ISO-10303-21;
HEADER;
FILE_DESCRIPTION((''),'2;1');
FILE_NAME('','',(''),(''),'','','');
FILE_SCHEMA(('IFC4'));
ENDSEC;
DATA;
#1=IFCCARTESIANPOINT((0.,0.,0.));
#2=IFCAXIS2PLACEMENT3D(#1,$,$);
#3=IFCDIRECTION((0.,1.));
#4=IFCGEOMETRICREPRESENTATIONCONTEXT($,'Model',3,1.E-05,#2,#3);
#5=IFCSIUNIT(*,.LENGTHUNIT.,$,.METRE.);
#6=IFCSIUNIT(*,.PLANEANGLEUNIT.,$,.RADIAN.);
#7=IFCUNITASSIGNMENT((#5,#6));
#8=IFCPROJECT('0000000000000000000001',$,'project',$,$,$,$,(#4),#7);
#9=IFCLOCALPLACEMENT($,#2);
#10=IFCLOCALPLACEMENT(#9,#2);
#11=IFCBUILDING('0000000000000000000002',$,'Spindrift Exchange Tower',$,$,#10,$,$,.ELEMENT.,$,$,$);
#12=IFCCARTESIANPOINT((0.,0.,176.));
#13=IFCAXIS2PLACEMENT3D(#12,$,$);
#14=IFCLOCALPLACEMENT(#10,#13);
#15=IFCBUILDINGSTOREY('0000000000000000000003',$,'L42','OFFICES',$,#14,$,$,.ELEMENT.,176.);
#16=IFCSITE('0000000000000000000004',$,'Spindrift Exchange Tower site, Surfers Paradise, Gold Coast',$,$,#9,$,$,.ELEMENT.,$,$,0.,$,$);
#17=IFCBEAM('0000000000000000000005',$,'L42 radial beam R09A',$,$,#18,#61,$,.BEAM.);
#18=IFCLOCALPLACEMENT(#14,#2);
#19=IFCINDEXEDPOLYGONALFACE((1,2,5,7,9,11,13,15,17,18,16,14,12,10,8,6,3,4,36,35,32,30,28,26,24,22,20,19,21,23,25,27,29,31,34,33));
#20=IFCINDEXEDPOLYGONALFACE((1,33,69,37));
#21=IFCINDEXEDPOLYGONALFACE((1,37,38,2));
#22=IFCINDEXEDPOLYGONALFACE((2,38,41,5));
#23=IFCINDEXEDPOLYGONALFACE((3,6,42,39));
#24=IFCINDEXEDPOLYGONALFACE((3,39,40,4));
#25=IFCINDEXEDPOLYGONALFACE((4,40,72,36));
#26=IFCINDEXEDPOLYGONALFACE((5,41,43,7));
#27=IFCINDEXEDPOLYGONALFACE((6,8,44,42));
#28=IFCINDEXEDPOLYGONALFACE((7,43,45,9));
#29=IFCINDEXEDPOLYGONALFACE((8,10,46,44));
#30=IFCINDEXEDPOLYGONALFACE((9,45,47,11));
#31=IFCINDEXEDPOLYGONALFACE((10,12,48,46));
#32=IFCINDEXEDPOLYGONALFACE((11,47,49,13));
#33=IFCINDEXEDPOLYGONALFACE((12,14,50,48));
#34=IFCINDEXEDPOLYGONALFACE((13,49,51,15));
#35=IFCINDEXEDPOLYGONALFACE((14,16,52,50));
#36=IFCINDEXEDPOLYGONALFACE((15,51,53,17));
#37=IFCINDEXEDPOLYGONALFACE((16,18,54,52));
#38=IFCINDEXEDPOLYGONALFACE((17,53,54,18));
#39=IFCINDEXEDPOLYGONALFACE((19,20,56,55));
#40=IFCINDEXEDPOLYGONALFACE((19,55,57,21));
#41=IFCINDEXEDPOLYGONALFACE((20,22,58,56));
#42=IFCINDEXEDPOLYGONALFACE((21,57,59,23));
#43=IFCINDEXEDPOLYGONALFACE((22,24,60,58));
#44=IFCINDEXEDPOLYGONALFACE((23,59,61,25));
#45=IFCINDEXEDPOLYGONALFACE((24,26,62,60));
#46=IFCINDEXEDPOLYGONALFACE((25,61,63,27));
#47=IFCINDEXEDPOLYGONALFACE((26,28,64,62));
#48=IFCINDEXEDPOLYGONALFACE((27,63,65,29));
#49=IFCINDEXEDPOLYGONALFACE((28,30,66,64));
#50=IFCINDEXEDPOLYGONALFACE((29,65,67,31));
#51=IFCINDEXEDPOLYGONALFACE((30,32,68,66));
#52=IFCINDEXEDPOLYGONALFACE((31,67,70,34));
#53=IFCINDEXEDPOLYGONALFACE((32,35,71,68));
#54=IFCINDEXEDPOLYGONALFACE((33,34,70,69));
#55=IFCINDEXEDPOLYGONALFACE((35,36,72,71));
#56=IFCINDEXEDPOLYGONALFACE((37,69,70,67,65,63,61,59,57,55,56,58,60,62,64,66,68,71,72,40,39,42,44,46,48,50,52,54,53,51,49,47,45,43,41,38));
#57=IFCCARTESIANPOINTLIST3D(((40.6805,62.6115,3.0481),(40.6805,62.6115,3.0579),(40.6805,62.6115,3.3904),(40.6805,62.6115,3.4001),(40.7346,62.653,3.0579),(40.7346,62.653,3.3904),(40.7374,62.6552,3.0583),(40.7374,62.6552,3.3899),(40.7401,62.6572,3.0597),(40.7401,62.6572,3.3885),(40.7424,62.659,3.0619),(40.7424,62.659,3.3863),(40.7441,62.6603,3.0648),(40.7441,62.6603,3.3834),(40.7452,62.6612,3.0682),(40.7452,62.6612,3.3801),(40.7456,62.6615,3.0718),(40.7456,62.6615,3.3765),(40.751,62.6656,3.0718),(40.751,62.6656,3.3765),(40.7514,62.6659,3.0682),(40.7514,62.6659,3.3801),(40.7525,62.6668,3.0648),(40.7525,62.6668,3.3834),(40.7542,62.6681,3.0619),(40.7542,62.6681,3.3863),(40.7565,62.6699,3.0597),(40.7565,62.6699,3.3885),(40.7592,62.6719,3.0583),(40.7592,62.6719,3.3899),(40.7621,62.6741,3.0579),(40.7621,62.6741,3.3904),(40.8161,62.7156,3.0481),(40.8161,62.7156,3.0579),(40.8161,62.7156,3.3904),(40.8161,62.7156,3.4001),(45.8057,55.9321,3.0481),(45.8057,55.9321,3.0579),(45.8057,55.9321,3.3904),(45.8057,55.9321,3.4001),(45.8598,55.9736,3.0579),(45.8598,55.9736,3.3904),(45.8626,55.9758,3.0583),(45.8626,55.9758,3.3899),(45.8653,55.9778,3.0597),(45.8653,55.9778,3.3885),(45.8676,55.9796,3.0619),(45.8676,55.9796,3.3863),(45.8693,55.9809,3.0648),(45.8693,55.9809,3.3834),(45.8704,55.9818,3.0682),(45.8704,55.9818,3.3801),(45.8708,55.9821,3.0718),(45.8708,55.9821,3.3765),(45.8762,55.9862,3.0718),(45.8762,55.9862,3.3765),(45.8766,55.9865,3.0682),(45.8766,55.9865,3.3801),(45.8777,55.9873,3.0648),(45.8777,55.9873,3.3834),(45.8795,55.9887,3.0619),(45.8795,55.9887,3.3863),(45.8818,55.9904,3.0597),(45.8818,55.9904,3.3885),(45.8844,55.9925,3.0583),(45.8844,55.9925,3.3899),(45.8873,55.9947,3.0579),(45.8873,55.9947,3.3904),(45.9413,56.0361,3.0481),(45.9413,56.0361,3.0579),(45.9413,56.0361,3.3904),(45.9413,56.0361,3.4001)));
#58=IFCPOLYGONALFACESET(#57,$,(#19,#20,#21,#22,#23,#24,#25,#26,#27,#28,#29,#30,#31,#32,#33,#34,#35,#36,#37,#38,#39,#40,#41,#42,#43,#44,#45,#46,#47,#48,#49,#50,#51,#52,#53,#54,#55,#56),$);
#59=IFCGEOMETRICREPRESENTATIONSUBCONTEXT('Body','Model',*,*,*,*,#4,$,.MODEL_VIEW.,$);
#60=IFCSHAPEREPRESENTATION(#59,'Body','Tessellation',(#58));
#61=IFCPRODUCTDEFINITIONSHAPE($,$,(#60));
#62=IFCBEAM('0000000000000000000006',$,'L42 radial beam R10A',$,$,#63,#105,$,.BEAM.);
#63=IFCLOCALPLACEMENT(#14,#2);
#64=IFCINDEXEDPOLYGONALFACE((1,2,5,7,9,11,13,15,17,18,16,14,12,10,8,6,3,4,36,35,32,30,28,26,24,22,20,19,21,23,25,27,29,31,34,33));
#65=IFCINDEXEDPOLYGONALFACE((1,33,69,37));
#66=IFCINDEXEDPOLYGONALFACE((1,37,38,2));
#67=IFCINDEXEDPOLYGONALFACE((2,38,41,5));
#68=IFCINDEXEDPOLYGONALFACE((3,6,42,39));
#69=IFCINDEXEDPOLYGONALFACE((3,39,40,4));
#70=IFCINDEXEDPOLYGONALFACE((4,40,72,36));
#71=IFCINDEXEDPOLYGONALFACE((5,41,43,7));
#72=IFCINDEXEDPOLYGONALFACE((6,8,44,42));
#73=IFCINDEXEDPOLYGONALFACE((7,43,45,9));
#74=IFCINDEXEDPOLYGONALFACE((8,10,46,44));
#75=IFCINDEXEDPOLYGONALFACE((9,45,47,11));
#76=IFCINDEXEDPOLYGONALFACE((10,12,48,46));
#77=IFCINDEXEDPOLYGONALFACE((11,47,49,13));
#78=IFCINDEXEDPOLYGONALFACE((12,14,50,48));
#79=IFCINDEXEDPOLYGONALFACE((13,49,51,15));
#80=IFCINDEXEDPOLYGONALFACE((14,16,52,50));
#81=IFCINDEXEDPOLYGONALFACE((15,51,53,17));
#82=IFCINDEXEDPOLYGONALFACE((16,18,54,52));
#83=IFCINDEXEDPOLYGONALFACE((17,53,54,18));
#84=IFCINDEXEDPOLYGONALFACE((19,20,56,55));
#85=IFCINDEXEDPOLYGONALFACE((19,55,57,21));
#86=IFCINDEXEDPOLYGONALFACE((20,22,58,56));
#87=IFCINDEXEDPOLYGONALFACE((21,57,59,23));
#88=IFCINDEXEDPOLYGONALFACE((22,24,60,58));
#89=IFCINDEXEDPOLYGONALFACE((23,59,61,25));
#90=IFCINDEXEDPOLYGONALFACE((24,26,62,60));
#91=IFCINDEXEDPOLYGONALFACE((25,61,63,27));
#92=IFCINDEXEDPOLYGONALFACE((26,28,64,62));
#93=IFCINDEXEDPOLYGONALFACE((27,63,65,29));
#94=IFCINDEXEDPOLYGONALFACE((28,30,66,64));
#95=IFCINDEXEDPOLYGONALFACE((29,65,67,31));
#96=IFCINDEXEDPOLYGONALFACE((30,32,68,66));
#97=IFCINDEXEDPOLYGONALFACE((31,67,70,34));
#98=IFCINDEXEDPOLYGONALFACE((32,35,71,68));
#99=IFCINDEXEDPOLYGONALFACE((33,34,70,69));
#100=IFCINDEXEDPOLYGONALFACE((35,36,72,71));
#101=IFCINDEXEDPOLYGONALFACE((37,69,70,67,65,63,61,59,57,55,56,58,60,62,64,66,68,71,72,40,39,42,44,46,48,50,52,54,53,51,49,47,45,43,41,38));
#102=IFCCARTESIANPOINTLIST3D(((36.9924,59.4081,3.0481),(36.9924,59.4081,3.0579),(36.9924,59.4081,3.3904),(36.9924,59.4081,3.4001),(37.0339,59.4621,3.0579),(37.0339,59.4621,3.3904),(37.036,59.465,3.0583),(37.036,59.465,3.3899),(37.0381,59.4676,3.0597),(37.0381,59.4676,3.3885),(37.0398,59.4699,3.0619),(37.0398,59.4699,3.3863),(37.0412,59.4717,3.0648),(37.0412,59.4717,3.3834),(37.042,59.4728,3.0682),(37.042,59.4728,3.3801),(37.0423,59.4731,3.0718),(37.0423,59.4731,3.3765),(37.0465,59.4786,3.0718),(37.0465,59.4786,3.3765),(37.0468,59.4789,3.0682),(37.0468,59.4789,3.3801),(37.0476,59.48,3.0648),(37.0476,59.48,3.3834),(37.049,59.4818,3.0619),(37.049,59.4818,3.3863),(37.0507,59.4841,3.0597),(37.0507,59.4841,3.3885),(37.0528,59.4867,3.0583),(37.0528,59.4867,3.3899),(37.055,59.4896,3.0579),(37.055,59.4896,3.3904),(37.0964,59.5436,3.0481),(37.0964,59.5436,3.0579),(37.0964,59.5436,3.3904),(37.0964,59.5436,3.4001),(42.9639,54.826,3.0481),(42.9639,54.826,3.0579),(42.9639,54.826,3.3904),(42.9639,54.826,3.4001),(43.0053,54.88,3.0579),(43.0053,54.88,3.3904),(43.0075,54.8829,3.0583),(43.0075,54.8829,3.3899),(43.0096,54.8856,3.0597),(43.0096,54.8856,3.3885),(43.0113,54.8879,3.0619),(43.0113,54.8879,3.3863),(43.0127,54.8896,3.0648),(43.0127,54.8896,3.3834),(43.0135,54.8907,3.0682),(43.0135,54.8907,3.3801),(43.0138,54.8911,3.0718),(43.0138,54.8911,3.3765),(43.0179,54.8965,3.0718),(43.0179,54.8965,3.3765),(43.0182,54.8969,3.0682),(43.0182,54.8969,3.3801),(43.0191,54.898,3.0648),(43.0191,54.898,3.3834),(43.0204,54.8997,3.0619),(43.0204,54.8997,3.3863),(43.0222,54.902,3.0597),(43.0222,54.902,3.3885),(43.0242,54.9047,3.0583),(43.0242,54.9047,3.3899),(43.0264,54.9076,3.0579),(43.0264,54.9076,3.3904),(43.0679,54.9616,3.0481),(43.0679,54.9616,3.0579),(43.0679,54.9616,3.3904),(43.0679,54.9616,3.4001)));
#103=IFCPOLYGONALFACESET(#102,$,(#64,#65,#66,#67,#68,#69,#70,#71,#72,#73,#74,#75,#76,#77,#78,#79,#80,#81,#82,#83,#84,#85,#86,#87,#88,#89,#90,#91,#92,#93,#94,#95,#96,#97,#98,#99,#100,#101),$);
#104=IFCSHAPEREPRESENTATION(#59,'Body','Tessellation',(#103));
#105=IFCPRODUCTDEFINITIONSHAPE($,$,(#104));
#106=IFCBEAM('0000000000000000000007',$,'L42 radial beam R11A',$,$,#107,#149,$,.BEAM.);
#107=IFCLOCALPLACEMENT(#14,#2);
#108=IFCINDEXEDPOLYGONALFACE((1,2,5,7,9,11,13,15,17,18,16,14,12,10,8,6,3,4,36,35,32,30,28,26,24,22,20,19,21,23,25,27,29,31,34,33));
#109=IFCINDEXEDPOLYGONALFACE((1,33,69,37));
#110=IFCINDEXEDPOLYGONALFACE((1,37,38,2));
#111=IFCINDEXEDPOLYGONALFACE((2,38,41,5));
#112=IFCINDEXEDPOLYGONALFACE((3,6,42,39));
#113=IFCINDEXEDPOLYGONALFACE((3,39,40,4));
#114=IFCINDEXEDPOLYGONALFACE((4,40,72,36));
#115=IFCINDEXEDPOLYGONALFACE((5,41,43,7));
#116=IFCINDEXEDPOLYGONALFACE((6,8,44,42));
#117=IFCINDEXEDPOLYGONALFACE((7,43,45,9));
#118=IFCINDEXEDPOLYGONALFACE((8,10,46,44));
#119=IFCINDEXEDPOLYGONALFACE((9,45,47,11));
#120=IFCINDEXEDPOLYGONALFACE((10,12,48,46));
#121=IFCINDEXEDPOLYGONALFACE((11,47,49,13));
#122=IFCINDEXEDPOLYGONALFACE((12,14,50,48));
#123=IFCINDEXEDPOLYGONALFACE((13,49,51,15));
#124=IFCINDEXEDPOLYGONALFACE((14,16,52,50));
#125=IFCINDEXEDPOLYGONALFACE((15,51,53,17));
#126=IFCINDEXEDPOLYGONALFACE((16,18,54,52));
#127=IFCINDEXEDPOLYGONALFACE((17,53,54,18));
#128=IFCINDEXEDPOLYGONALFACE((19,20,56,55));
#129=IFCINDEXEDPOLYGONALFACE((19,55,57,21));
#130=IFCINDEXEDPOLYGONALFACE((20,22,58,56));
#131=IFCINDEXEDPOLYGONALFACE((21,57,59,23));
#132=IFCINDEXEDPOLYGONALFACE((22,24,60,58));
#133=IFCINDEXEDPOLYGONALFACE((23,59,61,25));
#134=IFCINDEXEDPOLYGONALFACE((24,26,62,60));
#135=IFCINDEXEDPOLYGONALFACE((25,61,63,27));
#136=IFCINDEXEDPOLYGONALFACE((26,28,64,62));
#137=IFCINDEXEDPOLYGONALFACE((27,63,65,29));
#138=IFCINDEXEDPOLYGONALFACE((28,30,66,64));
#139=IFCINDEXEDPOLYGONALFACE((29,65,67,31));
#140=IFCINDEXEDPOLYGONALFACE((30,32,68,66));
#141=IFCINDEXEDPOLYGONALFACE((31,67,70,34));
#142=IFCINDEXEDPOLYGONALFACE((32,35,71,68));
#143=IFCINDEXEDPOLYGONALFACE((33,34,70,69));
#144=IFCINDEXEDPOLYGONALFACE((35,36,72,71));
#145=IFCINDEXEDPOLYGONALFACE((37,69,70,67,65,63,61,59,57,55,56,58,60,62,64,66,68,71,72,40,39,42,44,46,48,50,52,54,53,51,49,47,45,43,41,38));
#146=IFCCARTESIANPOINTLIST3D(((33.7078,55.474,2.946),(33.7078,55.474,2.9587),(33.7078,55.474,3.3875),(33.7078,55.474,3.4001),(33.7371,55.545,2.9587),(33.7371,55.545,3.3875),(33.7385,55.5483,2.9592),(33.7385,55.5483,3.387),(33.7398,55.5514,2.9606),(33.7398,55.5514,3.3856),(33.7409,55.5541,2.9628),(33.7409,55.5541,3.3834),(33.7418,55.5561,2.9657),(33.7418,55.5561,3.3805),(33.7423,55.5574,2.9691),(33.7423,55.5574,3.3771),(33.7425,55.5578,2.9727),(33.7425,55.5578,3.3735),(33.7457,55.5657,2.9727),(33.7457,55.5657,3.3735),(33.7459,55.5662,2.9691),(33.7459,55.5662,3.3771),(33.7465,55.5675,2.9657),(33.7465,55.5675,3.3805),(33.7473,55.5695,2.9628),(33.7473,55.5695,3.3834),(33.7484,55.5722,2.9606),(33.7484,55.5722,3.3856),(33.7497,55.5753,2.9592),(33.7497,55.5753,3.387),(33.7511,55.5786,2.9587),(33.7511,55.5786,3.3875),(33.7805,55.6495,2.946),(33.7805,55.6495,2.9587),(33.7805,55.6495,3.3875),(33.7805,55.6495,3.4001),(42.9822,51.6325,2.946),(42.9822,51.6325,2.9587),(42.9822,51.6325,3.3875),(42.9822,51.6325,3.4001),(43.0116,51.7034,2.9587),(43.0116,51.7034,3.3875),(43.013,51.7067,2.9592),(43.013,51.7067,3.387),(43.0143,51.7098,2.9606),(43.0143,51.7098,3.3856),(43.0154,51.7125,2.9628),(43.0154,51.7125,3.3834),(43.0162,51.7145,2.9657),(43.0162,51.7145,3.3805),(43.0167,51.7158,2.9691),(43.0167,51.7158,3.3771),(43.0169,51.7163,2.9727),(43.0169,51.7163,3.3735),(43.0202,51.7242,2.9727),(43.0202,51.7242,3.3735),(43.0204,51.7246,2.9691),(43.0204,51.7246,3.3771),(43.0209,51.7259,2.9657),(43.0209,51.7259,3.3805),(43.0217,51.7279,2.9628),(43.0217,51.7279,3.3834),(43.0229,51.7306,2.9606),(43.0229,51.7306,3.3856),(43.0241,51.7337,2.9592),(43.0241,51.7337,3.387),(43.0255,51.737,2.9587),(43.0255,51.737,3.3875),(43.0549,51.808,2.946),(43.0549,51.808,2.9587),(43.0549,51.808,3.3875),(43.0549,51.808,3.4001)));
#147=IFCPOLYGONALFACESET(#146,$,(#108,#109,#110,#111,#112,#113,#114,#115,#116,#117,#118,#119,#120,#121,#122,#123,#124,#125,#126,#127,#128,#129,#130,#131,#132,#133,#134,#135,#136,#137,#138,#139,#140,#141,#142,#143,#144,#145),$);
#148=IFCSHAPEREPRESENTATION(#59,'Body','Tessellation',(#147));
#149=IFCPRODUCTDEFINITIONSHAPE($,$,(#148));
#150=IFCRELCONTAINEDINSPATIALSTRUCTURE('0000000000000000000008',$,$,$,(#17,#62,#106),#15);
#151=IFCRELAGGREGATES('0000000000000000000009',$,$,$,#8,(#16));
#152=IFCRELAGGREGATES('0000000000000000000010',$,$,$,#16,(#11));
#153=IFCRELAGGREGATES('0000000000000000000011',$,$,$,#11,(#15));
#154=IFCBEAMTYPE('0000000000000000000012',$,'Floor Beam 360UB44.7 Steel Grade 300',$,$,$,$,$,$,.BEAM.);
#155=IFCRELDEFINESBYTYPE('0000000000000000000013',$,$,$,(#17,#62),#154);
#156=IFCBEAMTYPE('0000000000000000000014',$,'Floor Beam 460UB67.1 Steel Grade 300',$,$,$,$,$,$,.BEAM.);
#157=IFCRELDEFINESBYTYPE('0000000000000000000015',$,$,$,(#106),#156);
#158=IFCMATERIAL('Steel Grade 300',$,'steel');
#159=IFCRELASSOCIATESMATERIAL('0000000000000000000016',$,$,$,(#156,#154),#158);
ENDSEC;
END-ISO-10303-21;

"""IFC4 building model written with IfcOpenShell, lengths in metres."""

from ifc_helpers import new_model, si_unit, direction, frame, origin, origin_2d, place, context, subcontext, project, spatial, i_section, extrude, source, transform, mapped, material, material_profile, profile_set, type_object, element, save


model = new_model("IFC4")

# Units and contexts
model_context = context("Model", 3, precision=1e-05, world=origin(), true_north=direction((0.0, 1.0)))
body_context = subcontext(model_context, "Body", "Model", "MODEL_VIEW")
ifc_project = project(units=[si_unit("LENGTHUNIT", "METRE"), si_unit("PLANEANGLEUNIT", "RADIAN")], contexts=[model_context])

# Site, building, storey
site_placement = place(None, origin())
site = spatial("IfcSite", under=ifc_project, at=site_placement, Name="Spindrift Exchange Tower site, Surfers Paradise, Gold Coast", CompositionType="ELEMENT", RefElevation=0.0)
building_placement = place(site_placement, origin())
building = spatial("IfcBuilding", under=site, at=building_placement, Name="Spindrift Exchange Tower", CompositionType="ELEMENT")
storey_placement = place(building_placement, frame((0.0, 0.0, 176.0)))
storey = spatial("IfcBuildingStorey", under=building, at=storey_placement, Name="L42", Description="OFFICES", CompositionType="ELEMENT", Elevation=176.0)

# Beams
ifc_material_1 = material(Name="Steel Grade 300", Category="steel")
ifc_material_profile_1 = material_profile(ifc_material_1, i_section(OverallWidth=0.1899, OverallDepth=0.4541, WebThickness=0.0085, FlangeThickness=0.0127, FilletRadius=0.0139, at=origin_2d()), Name="460UB67.1")
ifc_profile_set_1 = profile_set([ifc_material_profile_1], Name="Steel Grade 300")
beam_type_1 = type_object("IfcBeamType", Name="Floor Beam 460UB67.1 Steel Grade 300", PredefinedType="BEAM", material=ifc_profile_set_1)
ifc_material_profile_2 = material_profile(ifc_material_1, i_section(OverallWidth=0.1709, OverallDepth=0.3521, WebThickness=0.0068, FlangeThickness=0.0098, FilletRadius=0.0139, at=origin_2d()), Name="360UB44.7")
ifc_profile_set_2 = profile_set([ifc_material_profile_2], Name="Steel Grade 300")
beam_type_2 = type_object("IfcBeamType", Name="Floor Beam 360UB44.7 Steel Grade 300", PredefinedType="BEAM", material=ifc_profile_set_2)
shared_shape_1 = source(origin(), body_context, "Body", "SweptSolid", [
    extrude(i_section(OverallWidth=0.1709, OverallDepth=0.3521, WebThickness=0.0068, FlangeThickness=0.0098, FilletRadius=0.0139, at=origin_2d()), origin(), (0.0, 0.0, 1.0), 8.4192),
])
beam_1_placement = place(storey_placement, frame((45.8735, 55.9841, 3.2241), z_axis=(-0.608756, 0.793358, 0.0), x_axis=(-0.793358, -0.608756, 0.0)))
element("IfcBeam", 1, at=beam_1_placement, inside=storey, type_object=beam_type_2, Name="L42 radial beam R09A", PredefinedType="BEAM", context=body_context, shape_type="MappedRepresentation", body=[
    mapped(shared_shape_1, transform((0.0, 0.0, 0.0), scale=1.0)),
])
shared_shape_2 = source(origin(), body_context, "Body", "SweptSolid", [
    extrude(i_section(OverallWidth=0.1709, OverallDepth=0.3521, WebThickness=0.0068, FlangeThickness=0.0098, FilletRadius=0.0139, at=origin_2d()), origin(), (0.0, 0.0, 1.0), 7.5269),
])
beam_2_placement = place(storey_placement, frame((43.0159, 54.8938, 3.2241), z_axis=(-0.793354, 0.60876, 0.0), x_axis=(-0.60876, -0.793354, 0.0)))
element("IfcBeam", 2, at=beam_2_placement, inside=storey, type_object=beam_type_2, Name="L42 radial beam R10A", PredefinedType="BEAM", context=body_context, shape_type="MappedRepresentation", body=[
    mapped(shared_shape_2, transform((0.0, 0.0, 0.0), scale=1.0)),
])
shared_shape_3 = source(origin(), body_context, "Body", "SweptSolid", [
    extrude(i_section(OverallWidth=0.1899, OverallDepth=0.4541, WebThickness=0.0085, FlangeThickness=0.0127, FilletRadius=0.0139, at=origin_2d()), origin(), (0.0, 0.0, 1.0), 10.0386),
])
beam_3_placement = place(storey_placement, frame((43.0186, 51.7202, 3.1731), z_axis=(-0.923881, 0.38268, 0.0), x_axis=(-0.38268, -0.923881, 0.0)))
element("IfcBeam", 3, at=beam_3_placement, inside=storey, type_object=beam_type_1, Name="L42 radial beam R11A", PredefinedType="BEAM", context=body_context, shape_type="MappedRepresentation", body=[
    mapped(shared_shape_3, transform((0.0, 0.0, 0.0), scale=1.0)),
])

save(model, "model.ifc")
